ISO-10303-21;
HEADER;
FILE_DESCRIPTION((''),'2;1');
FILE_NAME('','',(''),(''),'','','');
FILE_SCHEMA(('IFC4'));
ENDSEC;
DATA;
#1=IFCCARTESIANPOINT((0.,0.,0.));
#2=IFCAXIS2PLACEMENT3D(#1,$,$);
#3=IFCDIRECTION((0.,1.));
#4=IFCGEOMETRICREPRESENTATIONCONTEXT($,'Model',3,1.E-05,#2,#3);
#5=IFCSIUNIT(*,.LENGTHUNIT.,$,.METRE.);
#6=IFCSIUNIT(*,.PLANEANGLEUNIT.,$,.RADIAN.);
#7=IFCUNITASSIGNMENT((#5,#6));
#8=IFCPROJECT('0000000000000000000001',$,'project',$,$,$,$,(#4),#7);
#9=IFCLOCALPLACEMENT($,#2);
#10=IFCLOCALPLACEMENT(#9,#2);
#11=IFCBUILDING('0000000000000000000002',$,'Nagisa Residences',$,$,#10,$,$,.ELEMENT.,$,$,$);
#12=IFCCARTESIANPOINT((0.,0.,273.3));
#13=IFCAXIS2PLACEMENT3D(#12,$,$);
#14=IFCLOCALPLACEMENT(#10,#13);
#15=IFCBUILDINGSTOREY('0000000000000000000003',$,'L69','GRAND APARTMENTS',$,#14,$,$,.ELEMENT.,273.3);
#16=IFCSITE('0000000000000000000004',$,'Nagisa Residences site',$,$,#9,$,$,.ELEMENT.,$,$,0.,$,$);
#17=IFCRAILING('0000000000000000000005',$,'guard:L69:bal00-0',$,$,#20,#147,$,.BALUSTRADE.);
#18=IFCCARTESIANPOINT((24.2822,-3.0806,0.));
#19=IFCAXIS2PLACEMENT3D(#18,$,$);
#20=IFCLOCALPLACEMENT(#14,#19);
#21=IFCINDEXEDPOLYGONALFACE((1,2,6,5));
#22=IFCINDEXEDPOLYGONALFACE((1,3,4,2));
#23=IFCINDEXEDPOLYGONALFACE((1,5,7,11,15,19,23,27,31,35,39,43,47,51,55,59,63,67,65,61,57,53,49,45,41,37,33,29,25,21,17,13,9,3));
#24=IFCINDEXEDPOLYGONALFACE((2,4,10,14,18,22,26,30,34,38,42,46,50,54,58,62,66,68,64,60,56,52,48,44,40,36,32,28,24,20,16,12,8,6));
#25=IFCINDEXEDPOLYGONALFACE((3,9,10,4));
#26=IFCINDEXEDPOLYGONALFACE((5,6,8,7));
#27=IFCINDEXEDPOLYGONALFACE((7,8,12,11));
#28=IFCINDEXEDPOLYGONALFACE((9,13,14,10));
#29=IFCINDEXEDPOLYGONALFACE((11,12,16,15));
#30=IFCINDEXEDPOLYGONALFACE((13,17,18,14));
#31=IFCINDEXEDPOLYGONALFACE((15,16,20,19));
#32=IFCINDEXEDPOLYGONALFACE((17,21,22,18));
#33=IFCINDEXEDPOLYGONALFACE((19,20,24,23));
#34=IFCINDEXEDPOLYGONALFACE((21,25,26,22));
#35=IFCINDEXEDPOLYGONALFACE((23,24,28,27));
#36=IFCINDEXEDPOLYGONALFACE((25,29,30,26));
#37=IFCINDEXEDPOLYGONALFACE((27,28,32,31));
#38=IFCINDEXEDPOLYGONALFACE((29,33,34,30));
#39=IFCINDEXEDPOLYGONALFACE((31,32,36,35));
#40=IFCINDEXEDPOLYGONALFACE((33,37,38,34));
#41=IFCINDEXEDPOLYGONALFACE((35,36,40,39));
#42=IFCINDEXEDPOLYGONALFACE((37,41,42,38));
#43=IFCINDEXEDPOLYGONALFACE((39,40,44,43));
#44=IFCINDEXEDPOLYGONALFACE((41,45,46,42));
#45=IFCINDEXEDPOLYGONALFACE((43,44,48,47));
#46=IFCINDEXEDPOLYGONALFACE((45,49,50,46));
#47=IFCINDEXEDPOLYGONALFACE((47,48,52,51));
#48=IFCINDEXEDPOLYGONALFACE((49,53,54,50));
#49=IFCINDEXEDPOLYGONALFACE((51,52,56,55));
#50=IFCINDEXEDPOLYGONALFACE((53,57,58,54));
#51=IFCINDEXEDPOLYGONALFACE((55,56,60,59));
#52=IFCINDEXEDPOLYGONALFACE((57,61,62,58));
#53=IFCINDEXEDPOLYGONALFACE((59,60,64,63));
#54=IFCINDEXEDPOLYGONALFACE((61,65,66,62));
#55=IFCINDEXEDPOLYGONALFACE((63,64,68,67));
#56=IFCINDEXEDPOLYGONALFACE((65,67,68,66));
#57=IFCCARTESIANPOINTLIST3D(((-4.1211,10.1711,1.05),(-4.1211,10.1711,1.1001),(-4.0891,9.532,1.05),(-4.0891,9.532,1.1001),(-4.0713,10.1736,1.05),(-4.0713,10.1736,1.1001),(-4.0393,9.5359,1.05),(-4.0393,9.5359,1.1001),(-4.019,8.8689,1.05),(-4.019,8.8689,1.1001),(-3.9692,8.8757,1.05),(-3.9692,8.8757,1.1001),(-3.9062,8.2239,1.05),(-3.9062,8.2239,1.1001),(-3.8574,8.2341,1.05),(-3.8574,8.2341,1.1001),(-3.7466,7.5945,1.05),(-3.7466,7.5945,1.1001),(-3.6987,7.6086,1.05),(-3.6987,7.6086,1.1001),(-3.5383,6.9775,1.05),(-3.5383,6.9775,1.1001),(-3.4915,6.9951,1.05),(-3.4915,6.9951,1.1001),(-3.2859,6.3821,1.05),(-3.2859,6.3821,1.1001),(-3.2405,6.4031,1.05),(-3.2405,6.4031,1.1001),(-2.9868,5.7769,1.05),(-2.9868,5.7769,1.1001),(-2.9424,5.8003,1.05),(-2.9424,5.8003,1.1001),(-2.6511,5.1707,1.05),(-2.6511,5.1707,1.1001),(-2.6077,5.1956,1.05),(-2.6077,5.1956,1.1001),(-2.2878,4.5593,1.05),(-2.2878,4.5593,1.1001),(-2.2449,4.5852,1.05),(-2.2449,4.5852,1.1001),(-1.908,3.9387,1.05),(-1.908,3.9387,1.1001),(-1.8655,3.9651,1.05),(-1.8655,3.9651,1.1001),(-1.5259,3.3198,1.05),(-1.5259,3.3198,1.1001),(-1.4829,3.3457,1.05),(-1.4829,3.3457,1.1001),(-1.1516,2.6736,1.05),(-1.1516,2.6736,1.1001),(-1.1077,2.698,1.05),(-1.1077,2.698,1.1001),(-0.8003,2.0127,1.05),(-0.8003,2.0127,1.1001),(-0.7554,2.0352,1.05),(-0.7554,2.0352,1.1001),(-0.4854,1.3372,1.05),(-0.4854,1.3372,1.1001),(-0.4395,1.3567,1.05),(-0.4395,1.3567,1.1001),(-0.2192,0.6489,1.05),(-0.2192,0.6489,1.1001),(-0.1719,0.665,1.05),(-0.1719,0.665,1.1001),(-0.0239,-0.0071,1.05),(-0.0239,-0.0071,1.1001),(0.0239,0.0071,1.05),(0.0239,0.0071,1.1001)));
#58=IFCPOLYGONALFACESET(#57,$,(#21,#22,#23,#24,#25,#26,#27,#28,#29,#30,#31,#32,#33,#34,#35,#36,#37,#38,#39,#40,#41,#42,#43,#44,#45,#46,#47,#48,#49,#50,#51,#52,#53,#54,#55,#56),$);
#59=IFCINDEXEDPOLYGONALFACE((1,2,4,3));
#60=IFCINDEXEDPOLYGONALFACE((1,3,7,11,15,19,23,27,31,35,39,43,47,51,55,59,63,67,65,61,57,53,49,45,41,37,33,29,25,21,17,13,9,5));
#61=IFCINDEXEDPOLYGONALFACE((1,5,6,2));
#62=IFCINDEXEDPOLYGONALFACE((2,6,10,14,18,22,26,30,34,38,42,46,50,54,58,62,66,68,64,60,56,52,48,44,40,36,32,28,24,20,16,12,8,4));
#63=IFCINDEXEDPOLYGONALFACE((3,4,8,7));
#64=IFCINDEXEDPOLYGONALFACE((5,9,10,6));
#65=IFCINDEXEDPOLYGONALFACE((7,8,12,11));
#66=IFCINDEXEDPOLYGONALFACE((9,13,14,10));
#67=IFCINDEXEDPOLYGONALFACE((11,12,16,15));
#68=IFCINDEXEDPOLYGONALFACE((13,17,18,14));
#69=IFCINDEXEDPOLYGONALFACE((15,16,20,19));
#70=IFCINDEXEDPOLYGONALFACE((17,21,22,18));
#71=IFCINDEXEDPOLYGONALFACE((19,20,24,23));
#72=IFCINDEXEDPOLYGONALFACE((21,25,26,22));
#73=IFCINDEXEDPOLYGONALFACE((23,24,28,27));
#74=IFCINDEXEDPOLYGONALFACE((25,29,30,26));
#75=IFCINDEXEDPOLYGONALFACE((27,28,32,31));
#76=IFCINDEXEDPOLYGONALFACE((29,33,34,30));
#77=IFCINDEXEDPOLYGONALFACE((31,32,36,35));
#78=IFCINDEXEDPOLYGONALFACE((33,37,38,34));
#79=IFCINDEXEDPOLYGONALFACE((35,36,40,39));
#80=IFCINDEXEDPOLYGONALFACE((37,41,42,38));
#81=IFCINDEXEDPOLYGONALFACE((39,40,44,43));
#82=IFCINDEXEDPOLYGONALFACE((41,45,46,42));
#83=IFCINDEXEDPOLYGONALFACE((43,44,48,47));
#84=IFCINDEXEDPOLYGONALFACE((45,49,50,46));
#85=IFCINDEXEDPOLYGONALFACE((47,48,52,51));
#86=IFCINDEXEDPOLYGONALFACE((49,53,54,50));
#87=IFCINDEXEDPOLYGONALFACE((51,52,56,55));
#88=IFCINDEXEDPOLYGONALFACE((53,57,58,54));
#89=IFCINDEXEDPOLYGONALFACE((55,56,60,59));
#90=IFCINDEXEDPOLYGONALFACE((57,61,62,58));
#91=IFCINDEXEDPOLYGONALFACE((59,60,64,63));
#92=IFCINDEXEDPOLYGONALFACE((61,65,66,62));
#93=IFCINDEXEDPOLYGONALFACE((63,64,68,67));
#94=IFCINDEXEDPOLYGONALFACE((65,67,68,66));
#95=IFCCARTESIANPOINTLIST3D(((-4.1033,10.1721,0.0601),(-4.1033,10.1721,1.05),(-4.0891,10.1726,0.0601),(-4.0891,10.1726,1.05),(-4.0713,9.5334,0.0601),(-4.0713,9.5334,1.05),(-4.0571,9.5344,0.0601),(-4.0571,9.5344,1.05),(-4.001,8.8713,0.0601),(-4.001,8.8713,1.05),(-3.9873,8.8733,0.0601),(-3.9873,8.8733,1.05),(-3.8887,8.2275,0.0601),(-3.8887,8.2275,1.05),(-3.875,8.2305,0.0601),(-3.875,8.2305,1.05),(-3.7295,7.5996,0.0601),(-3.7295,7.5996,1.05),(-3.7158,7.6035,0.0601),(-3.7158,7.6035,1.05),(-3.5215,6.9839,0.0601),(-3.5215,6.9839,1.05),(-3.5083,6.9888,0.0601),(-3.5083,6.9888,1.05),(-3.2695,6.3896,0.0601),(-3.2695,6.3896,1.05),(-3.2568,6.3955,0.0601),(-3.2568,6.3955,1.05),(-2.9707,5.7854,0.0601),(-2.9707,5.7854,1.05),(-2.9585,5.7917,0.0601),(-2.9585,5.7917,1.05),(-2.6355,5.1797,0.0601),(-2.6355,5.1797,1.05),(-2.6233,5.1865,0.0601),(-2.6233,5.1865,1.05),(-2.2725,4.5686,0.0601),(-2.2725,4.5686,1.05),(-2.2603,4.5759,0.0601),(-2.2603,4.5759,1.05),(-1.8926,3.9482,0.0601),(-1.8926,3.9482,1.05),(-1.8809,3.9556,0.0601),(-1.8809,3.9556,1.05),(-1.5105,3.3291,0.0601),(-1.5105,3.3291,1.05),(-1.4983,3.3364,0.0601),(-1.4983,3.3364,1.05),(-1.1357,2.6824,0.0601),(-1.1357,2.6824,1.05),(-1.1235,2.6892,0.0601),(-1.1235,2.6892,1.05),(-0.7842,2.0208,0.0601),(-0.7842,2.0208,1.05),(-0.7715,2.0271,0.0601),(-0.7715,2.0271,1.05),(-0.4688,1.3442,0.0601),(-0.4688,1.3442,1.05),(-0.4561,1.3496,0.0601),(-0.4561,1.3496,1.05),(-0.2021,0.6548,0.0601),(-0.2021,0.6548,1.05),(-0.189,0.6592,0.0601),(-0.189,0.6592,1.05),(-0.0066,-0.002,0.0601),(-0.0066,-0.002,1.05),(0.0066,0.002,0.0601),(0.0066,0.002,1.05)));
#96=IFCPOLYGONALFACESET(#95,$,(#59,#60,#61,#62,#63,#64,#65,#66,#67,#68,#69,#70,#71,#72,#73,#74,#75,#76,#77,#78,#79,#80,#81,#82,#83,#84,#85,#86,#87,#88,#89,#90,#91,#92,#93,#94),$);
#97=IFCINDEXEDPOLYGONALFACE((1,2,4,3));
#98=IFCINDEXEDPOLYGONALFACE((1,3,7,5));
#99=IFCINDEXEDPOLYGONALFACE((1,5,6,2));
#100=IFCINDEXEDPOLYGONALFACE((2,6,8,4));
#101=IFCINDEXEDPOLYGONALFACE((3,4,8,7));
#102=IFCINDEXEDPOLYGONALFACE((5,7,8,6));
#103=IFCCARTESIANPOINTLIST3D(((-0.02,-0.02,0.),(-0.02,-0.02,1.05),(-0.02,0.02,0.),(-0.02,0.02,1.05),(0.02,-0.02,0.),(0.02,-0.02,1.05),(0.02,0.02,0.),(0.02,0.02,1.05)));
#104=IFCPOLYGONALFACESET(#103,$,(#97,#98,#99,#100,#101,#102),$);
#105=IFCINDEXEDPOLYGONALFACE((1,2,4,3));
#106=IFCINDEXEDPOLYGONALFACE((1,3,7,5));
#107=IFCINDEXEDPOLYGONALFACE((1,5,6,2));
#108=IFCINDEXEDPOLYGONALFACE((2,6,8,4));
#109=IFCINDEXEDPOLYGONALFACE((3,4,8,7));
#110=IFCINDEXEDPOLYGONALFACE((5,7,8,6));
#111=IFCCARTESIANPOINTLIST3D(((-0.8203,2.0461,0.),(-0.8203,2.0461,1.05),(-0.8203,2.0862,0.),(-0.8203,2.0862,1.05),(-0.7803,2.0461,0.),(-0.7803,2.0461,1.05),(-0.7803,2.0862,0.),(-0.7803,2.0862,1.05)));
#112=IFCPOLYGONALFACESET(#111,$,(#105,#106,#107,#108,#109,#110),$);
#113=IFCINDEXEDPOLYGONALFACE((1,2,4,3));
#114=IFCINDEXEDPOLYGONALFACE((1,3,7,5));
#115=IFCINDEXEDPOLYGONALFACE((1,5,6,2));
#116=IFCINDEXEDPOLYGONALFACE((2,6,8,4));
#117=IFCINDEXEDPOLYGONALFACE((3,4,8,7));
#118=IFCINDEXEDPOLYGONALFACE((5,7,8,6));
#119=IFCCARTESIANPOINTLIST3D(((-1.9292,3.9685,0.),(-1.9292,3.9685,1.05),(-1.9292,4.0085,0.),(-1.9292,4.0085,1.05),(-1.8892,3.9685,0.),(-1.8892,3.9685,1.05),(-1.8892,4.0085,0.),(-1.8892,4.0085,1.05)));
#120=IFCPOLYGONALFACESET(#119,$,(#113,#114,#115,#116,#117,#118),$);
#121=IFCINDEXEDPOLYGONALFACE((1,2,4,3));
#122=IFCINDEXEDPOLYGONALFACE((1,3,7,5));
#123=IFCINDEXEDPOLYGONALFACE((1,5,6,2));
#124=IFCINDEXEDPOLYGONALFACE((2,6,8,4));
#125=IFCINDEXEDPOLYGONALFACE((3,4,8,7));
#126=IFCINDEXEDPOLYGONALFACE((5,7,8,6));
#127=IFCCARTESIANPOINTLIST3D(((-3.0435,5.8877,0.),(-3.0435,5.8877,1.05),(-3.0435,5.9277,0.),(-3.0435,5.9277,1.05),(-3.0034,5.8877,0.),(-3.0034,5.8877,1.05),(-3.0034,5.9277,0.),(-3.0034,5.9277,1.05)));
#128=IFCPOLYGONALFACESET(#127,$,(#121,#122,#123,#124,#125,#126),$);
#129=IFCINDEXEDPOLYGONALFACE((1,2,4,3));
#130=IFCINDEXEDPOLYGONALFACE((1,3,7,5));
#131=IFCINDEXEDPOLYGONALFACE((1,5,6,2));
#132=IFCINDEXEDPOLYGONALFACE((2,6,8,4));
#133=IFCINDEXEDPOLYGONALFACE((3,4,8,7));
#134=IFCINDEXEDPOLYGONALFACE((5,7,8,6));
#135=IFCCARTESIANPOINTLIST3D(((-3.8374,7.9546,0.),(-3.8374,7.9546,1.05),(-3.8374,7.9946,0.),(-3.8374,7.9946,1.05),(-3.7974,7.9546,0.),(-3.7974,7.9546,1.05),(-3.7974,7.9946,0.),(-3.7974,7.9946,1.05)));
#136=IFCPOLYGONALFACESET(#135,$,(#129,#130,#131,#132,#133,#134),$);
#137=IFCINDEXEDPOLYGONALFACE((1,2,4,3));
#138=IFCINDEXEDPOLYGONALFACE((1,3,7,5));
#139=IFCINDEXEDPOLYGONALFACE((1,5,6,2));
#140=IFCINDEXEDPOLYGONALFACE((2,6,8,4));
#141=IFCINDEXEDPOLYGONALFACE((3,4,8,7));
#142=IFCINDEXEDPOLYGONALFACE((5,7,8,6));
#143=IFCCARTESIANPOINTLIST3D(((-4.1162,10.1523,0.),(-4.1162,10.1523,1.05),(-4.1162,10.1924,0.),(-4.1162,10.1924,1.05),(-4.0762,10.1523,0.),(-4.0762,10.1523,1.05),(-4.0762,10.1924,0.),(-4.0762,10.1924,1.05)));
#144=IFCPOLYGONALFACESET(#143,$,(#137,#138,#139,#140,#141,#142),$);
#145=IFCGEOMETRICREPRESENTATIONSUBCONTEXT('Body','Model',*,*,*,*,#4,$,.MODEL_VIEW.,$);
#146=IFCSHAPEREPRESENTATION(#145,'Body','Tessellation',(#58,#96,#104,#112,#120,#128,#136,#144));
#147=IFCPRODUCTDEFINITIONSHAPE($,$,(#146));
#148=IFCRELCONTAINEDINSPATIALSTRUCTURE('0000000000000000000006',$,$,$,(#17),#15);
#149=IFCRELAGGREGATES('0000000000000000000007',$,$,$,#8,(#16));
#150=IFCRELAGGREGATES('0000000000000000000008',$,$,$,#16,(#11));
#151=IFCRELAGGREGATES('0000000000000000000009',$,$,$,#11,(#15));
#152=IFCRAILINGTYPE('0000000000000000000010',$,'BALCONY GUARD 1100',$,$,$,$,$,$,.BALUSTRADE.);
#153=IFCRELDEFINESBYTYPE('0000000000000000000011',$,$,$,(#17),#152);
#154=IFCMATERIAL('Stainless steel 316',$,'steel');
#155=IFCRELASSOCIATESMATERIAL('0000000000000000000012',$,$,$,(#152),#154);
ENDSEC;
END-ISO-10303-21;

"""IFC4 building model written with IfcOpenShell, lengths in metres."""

from ifc_helpers import new_model, si_unit, direction, frame, origin, origin_2d, place, context, subcontext, project, spatial, polyline, rectangle, outline, extrude, material, type_object, element, save


model = new_model("IFC4")

# Units and contexts
model_context = context("Model", 3, precision=1e-05, world=origin(), true_north=direction((0.0, 1.0)))
body_context = subcontext(model_context, "Body", "Model", "MODEL_VIEW")
ifc_project = project(units=[si_unit("LENGTHUNIT", "METRE"), si_unit("PLANEANGLEUNIT", "RADIAN")], contexts=[model_context])

# Site, building, storey
site_placement = place(None, origin())
site = spatial("IfcSite", under=ifc_project, at=site_placement, Name="Nagisa Residences site", CompositionType="ELEMENT", RefElevation=0.0)
building_placement = place(site_placement, origin())
building = spatial("IfcBuilding", under=site, at=building_placement, Name="Nagisa Residences", CompositionType="ELEMENT")
storey_placement = place(building_placement, frame((0.0, 0.0, 273.3)))
storey = spatial("IfcBuildingStorey", under=building, at=storey_placement, Name="L69", Description="GRAND APARTMENTS", CompositionType="ELEMENT", Elevation=273.3)

# Railing
ifc_material_1 = material(Name="Stainless steel 316", Category="steel")
railing_type_1 = type_object("IfcRailingType", Name="BALCONY GUARD 1100", PredefinedType="BALUSTRADE", material=ifc_material_1)
railing_1_placement = place(storey_placement, frame((24.2822, -3.0806, 0.0)))
element("IfcRailing", 1, at=railing_1_placement, inside=storey, type_object=railing_type_1, Name="guard:L69:bal00-0", PredefinedType="BALUSTRADE", context=body_context, shape_type="SweptSolid", body=[
    extrude(outline(polyline([(-0.2192, 0.6489), (-0.0239, -0.0071), (0.0239, 0.0071), (-0.1719, 0.665), (-0.4395, 1.3567), (-0.7554, 2.0352), (-1.1077, 2.698), (-1.4829, 3.3457), (-1.8655, 3.9651), (-2.2449, 4.5852), (-2.6077, 5.1956), (-2.9424, 5.8003), (-3.2405, 6.4031), (-3.4915, 6.9951), (-3.6987, 7.6086), (-3.8574, 8.2341), (-3.9692, 8.8757), (-4.0393, 9.5359), (-4.0713, 10.1736), (-4.1211, 10.1711), (-4.0891, 9.532), (-4.019, 8.8689), (-3.9062, 8.2239), (-3.7466, 7.5945), (-3.5383, 6.9775), (-3.2859, 6.3821), (-2.9868, 5.7769), (-2.6511, 5.1707), (-2.2878, 4.5593), (-1.908, 3.9387), (-1.5259, 3.3198), (-1.1516, 2.6736), (-0.8003, 2.0127), (-0.4854, 1.3372), (-0.2192, 0.6489)])), frame((0.0, 0.0, 1.05)), (0.0, 0.0, 1.0), 0.05),
    extrude(outline(polyline([(-0.2021, 0.6548), (-0.0066, -0.002), (0.0066, 0.002), (-0.189, 0.6592), (-0.4561, 1.3496), (-0.7715, 2.0271), (-1.1235, 2.6892), (-1.4983, 3.3364), (-1.8809, 3.9556), (-2.2603, 4.5759), (-2.6233, 5.1865), (-2.9585, 5.7917), (-3.2568, 6.3955), (-3.5083, 6.9888), (-3.7158, 7.6035), (-3.875, 8.2305), (-3.9873, 8.8733), (-4.0571, 9.5344), (-4.0891, 10.1726), (-4.1033, 10.1721), (-4.0713, 9.5334), (-4.001, 8.8713), (-3.8887, 8.2275), (-3.7295, 7.5996), (-3.5215, 6.9839), (-3.2695, 6.3896), (-2.9707, 5.7854), (-2.6355, 5.1797), (-2.2725, 4.5686), (-1.8926, 3.9482), (-1.5105, 3.3291), (-1.1357, 2.6824), (-0.7842, 2.0208), (-0.4688, 1.3442), (-0.2021, 0.6548)])), frame((0.0, 0.0, 0.0601)), (0.0, 0.0, 1.0), 0.99),
    extrude(rectangle(XDim=0.04, YDim=0.04, at=origin_2d()), origin(), (0.0, 0.0, 1.0), 1.05),
    extrude(rectangle(XDim=0.04, YDim=0.04, at=origin_2d()), frame((-0.8003, 2.0662, 0.0)), (0.0, 0.0, 1.0), 1.05),
    extrude(rectangle(XDim=0.04, YDim=0.04, at=origin_2d()), frame((-1.9092, 3.9885, 0.0)), (0.0, 0.0, 1.0), 1.05),
    extrude(rectangle(XDim=0.04, YDim=0.04, at=origin_2d()), frame((-3.0234, 5.9077, 0.0)), (0.0, 0.0, 1.0), 1.05),
    extrude(rectangle(XDim=0.04, YDim=0.04, at=origin_2d()), frame((-3.8174, 7.9746, 0.0)), (0.0, 0.0, 1.0), 1.05),
    extrude(rectangle(XDim=0.04, YDim=0.04, at=origin_2d()), frame((-4.0962, 10.1724, 0.0)), (0.0, 0.0, 1.0), 1.05),
])

save(model, "model.ifc")
